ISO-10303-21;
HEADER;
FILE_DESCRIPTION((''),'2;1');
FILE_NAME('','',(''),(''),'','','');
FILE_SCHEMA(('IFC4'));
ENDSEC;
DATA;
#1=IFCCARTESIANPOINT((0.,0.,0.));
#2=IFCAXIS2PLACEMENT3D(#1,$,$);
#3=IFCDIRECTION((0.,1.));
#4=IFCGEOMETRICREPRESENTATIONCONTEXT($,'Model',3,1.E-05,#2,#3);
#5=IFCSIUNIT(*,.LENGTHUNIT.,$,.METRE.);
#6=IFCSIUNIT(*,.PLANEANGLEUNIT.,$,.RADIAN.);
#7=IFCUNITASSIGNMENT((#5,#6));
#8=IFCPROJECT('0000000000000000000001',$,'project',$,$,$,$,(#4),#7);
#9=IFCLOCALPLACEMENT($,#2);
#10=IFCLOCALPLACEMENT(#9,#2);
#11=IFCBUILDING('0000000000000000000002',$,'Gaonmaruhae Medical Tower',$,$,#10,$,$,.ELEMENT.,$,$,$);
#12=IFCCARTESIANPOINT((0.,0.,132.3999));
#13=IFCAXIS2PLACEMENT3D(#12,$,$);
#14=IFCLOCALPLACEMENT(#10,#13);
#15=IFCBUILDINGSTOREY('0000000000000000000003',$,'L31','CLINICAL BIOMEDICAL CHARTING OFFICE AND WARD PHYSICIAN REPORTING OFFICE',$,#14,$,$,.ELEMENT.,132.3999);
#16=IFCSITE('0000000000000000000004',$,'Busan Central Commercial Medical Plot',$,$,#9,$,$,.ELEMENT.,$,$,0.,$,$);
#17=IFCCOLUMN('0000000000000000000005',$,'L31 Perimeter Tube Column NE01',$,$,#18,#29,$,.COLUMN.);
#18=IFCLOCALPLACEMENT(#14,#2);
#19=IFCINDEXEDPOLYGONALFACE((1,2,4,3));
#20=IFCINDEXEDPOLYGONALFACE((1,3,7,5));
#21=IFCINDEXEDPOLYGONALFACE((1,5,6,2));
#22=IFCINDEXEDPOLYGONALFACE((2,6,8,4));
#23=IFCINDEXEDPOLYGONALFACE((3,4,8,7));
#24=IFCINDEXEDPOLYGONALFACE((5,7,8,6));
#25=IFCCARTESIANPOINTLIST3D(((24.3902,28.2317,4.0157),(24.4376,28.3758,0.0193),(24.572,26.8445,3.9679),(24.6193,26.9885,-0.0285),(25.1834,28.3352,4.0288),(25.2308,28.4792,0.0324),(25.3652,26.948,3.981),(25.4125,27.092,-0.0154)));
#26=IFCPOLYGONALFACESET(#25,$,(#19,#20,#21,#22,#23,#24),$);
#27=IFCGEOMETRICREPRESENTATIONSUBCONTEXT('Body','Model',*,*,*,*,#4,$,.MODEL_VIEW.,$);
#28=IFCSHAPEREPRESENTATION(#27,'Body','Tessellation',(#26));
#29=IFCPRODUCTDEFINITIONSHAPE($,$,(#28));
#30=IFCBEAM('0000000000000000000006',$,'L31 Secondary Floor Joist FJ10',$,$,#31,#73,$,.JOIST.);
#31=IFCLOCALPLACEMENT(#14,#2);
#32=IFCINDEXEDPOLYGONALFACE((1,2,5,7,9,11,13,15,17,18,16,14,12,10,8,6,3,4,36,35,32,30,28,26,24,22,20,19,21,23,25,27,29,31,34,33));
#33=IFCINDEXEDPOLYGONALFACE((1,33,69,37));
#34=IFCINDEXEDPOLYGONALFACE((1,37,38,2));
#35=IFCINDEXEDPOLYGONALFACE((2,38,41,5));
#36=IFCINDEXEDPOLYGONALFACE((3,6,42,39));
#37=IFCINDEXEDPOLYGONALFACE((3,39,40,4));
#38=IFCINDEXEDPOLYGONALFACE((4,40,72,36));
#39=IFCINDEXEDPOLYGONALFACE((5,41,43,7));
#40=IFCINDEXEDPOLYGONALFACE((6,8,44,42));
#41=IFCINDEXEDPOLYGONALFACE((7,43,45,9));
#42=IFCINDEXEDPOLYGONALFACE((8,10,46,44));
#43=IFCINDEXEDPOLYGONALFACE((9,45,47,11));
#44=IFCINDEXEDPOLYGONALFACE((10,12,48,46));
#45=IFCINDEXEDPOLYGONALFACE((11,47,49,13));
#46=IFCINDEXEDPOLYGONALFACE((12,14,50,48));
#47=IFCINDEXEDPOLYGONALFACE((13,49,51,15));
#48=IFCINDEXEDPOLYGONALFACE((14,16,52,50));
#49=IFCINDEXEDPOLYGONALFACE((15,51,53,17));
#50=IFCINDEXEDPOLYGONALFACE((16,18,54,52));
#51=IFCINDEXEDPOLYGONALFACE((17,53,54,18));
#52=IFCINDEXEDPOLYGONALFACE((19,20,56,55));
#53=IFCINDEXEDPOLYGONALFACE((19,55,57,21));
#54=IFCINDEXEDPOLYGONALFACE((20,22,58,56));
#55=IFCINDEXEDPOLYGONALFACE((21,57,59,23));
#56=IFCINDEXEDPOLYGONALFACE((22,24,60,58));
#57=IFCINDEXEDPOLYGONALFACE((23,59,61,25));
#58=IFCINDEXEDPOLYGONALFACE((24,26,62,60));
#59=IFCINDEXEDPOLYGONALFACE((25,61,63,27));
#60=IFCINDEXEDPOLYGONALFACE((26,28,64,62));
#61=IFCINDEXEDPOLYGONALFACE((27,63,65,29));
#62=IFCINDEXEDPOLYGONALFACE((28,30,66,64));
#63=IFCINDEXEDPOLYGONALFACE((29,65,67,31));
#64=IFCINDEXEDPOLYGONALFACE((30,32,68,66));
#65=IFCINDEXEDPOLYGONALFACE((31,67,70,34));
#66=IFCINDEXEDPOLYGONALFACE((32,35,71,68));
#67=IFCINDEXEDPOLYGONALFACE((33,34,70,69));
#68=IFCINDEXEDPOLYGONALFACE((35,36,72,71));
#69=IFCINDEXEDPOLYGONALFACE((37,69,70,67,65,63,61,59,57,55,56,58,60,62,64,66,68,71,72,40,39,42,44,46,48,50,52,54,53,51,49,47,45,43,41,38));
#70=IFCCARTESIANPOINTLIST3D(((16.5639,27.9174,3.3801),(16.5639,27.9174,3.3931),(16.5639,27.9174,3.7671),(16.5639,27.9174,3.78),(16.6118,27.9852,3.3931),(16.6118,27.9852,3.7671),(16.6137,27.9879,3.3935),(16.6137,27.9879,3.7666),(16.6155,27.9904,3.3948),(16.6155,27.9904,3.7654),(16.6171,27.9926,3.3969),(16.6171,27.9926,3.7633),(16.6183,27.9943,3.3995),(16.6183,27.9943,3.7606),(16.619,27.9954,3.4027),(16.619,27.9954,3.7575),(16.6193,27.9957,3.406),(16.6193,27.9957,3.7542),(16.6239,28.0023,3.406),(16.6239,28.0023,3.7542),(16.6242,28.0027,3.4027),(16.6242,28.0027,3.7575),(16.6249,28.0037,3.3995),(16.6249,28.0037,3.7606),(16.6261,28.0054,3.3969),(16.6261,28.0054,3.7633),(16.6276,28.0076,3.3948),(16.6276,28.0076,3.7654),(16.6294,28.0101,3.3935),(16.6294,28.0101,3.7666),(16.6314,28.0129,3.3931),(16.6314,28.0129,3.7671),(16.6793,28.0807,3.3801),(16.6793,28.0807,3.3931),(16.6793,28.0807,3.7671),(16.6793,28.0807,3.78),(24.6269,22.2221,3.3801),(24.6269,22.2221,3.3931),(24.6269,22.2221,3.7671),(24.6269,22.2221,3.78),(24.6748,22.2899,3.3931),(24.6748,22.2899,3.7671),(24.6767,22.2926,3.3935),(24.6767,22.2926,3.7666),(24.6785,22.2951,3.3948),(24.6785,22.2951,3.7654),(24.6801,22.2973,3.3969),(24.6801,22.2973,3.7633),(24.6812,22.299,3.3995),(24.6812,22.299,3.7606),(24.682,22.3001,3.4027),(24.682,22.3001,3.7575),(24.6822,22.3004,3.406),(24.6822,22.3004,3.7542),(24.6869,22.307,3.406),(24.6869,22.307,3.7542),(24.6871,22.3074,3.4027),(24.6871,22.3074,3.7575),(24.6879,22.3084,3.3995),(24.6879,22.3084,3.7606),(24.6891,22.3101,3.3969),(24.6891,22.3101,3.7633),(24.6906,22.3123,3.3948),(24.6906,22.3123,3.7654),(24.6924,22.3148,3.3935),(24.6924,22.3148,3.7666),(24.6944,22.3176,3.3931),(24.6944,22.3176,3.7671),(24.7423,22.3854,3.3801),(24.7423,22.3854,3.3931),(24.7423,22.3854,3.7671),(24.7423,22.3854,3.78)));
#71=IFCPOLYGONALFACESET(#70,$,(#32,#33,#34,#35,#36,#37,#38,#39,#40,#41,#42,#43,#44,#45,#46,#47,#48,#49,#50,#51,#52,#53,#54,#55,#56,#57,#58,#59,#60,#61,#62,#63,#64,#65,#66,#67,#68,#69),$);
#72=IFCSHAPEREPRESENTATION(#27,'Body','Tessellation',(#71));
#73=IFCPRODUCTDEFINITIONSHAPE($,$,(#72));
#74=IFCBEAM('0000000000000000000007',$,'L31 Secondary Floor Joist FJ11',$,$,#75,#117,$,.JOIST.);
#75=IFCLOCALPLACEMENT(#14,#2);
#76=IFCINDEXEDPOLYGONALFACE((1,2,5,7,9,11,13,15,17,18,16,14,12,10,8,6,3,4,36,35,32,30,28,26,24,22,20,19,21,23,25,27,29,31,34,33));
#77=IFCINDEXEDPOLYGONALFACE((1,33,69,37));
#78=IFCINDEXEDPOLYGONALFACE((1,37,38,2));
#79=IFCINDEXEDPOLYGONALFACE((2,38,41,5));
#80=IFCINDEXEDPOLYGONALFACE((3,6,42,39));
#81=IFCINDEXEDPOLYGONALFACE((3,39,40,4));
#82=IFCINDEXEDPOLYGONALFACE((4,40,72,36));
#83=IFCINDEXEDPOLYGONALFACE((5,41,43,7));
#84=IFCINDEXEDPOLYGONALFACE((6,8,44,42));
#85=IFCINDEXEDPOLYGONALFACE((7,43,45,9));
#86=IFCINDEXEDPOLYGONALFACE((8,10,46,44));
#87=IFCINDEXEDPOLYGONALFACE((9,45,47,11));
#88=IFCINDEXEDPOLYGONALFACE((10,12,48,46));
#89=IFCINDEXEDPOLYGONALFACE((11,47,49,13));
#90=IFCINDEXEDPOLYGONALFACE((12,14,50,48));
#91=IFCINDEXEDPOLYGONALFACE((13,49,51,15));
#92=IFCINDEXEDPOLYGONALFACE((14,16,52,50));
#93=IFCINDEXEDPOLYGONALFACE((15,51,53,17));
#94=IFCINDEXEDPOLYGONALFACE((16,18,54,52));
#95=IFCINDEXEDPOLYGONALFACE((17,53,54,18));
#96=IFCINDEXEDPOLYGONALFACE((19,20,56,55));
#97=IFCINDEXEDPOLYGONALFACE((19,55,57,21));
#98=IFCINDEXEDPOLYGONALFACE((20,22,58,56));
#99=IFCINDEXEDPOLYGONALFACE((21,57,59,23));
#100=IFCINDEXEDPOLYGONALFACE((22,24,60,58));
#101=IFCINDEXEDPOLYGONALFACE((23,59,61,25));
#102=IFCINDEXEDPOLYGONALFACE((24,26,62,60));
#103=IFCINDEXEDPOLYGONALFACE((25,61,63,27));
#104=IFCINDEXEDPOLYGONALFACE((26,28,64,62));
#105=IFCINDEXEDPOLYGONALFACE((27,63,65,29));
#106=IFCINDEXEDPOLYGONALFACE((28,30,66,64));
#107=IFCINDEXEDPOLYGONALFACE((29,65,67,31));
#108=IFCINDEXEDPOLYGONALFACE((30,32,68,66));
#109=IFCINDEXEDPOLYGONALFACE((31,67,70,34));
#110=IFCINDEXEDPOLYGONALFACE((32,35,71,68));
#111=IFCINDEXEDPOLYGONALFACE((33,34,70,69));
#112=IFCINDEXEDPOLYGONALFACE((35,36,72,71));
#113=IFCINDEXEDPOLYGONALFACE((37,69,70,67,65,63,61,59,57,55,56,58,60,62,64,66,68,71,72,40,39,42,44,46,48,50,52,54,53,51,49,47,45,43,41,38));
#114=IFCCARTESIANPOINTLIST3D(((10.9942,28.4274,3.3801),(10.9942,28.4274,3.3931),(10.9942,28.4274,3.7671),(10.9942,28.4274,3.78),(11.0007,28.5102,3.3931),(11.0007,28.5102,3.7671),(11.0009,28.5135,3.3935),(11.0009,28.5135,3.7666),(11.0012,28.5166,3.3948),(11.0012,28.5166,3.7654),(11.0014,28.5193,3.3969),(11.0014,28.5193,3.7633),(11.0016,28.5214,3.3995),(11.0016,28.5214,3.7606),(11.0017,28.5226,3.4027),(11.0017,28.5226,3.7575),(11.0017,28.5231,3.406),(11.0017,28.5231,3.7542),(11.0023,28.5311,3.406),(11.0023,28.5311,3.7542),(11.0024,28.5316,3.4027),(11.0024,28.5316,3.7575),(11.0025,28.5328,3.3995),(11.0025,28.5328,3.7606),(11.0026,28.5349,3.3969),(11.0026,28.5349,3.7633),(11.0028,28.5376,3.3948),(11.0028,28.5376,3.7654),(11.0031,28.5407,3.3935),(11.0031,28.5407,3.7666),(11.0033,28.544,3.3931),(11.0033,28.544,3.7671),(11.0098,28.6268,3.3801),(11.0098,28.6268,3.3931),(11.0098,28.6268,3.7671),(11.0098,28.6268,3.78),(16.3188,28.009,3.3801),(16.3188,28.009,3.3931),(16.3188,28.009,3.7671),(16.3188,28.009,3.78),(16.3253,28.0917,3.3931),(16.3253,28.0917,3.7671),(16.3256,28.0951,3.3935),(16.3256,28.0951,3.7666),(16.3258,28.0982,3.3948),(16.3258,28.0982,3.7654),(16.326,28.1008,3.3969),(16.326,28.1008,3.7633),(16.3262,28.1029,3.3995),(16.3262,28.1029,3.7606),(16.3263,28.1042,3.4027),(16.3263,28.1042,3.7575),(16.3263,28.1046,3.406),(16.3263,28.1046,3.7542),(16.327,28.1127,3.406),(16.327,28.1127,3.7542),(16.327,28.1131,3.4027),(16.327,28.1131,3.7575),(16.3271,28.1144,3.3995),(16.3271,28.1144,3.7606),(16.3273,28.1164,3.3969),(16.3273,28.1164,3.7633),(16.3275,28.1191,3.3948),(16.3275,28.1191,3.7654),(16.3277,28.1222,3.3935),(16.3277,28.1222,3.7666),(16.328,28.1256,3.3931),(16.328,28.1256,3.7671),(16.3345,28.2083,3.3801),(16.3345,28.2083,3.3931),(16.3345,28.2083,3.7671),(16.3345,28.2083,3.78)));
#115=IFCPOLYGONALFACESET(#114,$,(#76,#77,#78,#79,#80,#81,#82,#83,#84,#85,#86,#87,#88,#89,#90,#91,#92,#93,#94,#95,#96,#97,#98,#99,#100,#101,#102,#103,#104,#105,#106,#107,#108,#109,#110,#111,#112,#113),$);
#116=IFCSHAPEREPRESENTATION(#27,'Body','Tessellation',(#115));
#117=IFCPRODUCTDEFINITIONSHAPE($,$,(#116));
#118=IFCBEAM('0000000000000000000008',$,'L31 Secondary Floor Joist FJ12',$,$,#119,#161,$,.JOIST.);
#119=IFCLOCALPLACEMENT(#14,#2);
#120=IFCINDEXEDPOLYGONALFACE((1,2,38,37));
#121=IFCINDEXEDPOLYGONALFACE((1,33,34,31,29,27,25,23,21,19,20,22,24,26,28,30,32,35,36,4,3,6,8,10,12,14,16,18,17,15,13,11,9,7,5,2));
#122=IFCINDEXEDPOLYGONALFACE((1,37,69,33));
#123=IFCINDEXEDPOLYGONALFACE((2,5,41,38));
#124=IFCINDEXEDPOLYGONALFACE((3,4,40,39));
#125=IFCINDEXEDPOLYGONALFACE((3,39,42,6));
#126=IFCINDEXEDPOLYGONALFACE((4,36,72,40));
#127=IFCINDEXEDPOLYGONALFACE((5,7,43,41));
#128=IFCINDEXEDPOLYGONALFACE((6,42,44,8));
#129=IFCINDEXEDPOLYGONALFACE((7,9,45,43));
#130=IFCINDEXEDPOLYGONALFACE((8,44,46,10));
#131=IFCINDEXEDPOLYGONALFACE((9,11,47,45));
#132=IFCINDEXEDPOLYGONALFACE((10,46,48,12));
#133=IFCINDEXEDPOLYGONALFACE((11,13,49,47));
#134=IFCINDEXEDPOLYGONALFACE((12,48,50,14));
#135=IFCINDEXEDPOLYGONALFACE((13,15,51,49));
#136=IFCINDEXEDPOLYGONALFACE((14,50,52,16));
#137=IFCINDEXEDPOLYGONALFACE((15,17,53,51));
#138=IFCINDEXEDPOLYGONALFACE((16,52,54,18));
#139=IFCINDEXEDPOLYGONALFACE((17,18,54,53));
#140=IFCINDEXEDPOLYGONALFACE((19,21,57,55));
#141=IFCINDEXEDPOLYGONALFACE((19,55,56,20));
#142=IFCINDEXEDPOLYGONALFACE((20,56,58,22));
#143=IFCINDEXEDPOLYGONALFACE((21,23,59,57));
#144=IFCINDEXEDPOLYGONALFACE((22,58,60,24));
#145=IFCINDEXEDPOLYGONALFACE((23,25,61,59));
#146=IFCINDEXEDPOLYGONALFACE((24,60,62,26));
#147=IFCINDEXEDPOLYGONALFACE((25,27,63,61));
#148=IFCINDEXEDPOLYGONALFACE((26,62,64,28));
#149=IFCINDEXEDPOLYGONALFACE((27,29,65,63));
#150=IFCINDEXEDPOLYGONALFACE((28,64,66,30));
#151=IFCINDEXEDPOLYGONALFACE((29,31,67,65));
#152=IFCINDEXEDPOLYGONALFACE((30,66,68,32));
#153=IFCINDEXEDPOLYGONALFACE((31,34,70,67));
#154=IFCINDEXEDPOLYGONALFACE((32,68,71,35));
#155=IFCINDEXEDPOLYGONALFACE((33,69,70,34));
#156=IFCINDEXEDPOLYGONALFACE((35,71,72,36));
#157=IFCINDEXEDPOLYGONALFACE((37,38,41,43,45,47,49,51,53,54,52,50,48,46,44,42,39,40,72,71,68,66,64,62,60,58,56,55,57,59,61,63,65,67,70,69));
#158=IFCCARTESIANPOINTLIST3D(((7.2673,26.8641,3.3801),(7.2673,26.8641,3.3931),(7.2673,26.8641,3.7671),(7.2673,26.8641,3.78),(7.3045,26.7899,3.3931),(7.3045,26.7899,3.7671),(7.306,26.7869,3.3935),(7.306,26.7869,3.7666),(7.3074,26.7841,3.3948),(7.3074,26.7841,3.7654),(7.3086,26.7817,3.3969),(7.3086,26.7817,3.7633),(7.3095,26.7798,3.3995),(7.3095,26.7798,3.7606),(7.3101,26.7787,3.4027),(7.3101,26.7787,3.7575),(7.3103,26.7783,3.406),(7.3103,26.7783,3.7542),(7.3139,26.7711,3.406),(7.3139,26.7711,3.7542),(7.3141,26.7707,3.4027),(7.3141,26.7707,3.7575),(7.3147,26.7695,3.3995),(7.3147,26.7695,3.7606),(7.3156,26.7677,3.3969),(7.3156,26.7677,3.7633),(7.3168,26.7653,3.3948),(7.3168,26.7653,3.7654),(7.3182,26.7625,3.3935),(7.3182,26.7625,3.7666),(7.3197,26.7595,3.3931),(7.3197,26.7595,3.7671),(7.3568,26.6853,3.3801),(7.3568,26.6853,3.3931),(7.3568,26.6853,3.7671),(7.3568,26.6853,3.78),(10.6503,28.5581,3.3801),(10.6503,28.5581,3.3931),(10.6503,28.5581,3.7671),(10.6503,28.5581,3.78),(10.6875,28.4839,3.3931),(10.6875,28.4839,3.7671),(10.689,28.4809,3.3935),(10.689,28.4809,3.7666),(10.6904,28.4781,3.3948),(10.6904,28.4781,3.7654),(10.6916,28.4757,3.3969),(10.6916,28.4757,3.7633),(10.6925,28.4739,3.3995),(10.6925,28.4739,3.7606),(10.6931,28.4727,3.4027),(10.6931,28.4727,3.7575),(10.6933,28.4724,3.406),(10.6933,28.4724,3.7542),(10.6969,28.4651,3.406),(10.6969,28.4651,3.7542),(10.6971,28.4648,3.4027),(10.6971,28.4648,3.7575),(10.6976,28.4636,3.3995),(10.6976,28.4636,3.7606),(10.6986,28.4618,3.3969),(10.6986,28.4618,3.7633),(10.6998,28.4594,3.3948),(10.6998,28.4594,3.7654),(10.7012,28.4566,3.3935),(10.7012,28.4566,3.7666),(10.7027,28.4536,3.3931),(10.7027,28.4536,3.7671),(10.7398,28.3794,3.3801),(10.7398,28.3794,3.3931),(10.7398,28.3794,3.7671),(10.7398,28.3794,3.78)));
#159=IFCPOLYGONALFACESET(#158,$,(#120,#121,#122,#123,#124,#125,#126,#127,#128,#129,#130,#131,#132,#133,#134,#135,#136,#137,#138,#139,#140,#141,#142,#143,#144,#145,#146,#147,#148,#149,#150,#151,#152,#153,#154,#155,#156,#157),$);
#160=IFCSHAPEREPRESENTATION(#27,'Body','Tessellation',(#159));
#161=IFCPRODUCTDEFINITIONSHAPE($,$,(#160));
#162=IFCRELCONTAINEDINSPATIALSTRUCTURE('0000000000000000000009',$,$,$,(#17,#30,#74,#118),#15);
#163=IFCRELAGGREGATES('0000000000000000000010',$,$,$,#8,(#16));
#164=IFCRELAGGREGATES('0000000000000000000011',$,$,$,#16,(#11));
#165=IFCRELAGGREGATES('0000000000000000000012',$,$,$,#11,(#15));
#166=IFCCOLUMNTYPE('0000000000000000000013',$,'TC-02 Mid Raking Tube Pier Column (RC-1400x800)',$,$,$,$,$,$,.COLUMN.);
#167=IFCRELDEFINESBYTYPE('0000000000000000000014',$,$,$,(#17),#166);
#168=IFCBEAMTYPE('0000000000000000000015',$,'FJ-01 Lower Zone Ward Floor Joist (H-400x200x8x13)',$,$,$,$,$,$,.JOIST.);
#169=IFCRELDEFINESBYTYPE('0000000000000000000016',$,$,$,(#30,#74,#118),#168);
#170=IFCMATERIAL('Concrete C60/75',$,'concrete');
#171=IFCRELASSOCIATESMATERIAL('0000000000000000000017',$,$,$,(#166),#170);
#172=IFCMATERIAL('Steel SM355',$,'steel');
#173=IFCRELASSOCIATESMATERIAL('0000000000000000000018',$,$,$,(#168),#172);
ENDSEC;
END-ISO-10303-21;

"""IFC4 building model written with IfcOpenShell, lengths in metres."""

from ifc_helpers import new_model, si_unit, direction, frame, origin, origin_2d, place, context, subcontext, project, spatial, rectangle, i_section, extrude, material, material_profile, profile_set, type_object, element, save


model = new_model("IFC4")

# Units and contexts
model_context = context("Model", 3, precision=1e-05, world=origin(), true_north=direction((0.0, 1.0)))
body_context = subcontext(model_context, "Body", "Model", "MODEL_VIEW")
ifc_project = project(units=[si_unit("LENGTHUNIT", "METRE"), si_unit("PLANEANGLEUNIT", "RADIAN")], contexts=[model_context])

# Site, building, storey
site_placement = place(None, origin())
site = spatial("IfcSite", under=ifc_project, at=site_placement, Name="Busan Central Commercial Medical Plot", CompositionType="ELEMENT", RefElevation=0.0)
building_placement = place(site_placement, origin())
building = spatial("IfcBuilding", under=site, at=building_placement, Name="Gaonmaruhae Medical Tower", CompositionType="ELEMENT")
storey_placement = place(building_placement, frame((0.0, 0.0, 132.3999)))
storey = spatial("IfcBuildingStorey", under=building, at=storey_placement, Name="L31", Description="CLINICAL BIOMEDICAL CHARTING OFFICE AND WARD PHYSICIAN REPORTING OFFICE", CompositionType="ELEMENT", Elevation=132.3999)

# Column
ifc_material_1 = material(Name="Concrete C60/75", Category="concrete")
ifc_material_profile_1 = material_profile(ifc_material_1, rectangle(XDim=1.3999, YDim=0.8, at=origin_2d()), Name="RC-1400x800")
ifc_profile_set_1 = profile_set([ifc_material_profile_1], Name="Concrete C60/75")
column_type = type_object("IfcColumnType", Name="TC-02 Mid Raking Tube Pier Column (RC-1400x800)", PredefinedType="COLUMN", material=ifc_profile_set_1)
column_placement = place(storey_placement, frame((24.925, 27.7339, 0.002), z_axis=(-0.011843, -0.036018, 0.999281), x_axis=(-0.129836, 0.990946, 0.034179)))
element("IfcColumn", 1, at=column_placement, inside=storey, type_object=column_type, Name="L31 Perimeter Tube Column NE01", PredefinedType="COLUMN", context=body_context, shape_type="SweptSolid", body=[
    extrude(rectangle(XDim=1.3999, YDim=0.8, at=origin_2d()), origin(), (0.0, 0.0, 1.0), 3.9993),
])

# Beams
ifc_material_2 = material(Name="Steel SM355", Category="steel")
ifc_material_profile_2 = material_profile(ifc_material_2, i_section(OverallWidth=0.2, OverallDepth=0.3999, WebThickness=0.0081, FlangeThickness=0.0129, FilletRadius=0.0129, at=origin_2d()), Name="H-400x200x8x13")
ifc_profile_set_2 = profile_set([ifc_material_profile_2], Name="Steel SM355")
beam_type_1 = type_object("IfcBeamType", Name="FJ-01 Lower Zone Ward Floor Joist (H-400x200x8x13)", PredefinedType="JOIST", material=ifc_profile_set_2)
beam_1_placement = place(storey_placement, frame((24.6846, 22.3037, 3.5801), z_axis=(-0.816787, 0.57694, 0.0), x_axis=(-0.57694, -0.816787, 0.0)))
element("IfcBeam", 2, at=beam_1_placement, inside=storey, type_object=beam_type_1, Name="L31 Secondary Floor Joist FJ10", PredefinedType="JOIST", context=body_context, shape_type="SweptSolid", body=[
    extrude(i_section(OverallWidth=0.2, OverallDepth=0.3999, WebThickness=0.0081, FlangeThickness=0.0129, FilletRadius=0.0129, at=origin_2d()), origin(), (0.0, 0.0, 1.0), 9.8716),
])
beam_2_placement = place(storey_placement, frame((16.3267, 28.1086, 3.5801), z_axis=(-0.996926, 0.078346, 0.0), x_axis=(-0.078346, -0.996926, 0.0)))
element("IfcBeam", 3, at=beam_2_placement, inside=storey, type_object=beam_type_1, Name="L31 Secondary Floor Joist FJ11", PredefinedType="JOIST", context=body_context, shape_type="SweptSolid", body=[
    extrude(i_section(OverallWidth=0.2, OverallDepth=0.3999, WebThickness=0.0081, FlangeThickness=0.0129, FilletRadius=0.0129, at=origin_2d()), origin(), (0.0, 0.0, 1.0), 5.3411),
])
beam_3_placement = place(storey_placement, frame((10.6951, 28.4688, 3.5801), z_axis=(-0.894156, -0.447756, 0.0), x_axis=(0.447756, -0.894156, 0.0)))
element("IfcBeam", 4, at=beam_3_placement, inside=storey, type_object=beam_type_1, Name="L31 Secondary Floor Joist FJ12", PredefinedType="JOIST", context=body_context, shape_type="SweptSolid", body=[
    extrude(i_section(OverallWidth=0.2, OverallDepth=0.3999, WebThickness=0.0081, FlangeThickness=0.0129, FilletRadius=0.0129, at=origin_2d()), origin(), (0.0, 0.0, 1.0), 3.7834),
])

save(model, "model.ifc")
